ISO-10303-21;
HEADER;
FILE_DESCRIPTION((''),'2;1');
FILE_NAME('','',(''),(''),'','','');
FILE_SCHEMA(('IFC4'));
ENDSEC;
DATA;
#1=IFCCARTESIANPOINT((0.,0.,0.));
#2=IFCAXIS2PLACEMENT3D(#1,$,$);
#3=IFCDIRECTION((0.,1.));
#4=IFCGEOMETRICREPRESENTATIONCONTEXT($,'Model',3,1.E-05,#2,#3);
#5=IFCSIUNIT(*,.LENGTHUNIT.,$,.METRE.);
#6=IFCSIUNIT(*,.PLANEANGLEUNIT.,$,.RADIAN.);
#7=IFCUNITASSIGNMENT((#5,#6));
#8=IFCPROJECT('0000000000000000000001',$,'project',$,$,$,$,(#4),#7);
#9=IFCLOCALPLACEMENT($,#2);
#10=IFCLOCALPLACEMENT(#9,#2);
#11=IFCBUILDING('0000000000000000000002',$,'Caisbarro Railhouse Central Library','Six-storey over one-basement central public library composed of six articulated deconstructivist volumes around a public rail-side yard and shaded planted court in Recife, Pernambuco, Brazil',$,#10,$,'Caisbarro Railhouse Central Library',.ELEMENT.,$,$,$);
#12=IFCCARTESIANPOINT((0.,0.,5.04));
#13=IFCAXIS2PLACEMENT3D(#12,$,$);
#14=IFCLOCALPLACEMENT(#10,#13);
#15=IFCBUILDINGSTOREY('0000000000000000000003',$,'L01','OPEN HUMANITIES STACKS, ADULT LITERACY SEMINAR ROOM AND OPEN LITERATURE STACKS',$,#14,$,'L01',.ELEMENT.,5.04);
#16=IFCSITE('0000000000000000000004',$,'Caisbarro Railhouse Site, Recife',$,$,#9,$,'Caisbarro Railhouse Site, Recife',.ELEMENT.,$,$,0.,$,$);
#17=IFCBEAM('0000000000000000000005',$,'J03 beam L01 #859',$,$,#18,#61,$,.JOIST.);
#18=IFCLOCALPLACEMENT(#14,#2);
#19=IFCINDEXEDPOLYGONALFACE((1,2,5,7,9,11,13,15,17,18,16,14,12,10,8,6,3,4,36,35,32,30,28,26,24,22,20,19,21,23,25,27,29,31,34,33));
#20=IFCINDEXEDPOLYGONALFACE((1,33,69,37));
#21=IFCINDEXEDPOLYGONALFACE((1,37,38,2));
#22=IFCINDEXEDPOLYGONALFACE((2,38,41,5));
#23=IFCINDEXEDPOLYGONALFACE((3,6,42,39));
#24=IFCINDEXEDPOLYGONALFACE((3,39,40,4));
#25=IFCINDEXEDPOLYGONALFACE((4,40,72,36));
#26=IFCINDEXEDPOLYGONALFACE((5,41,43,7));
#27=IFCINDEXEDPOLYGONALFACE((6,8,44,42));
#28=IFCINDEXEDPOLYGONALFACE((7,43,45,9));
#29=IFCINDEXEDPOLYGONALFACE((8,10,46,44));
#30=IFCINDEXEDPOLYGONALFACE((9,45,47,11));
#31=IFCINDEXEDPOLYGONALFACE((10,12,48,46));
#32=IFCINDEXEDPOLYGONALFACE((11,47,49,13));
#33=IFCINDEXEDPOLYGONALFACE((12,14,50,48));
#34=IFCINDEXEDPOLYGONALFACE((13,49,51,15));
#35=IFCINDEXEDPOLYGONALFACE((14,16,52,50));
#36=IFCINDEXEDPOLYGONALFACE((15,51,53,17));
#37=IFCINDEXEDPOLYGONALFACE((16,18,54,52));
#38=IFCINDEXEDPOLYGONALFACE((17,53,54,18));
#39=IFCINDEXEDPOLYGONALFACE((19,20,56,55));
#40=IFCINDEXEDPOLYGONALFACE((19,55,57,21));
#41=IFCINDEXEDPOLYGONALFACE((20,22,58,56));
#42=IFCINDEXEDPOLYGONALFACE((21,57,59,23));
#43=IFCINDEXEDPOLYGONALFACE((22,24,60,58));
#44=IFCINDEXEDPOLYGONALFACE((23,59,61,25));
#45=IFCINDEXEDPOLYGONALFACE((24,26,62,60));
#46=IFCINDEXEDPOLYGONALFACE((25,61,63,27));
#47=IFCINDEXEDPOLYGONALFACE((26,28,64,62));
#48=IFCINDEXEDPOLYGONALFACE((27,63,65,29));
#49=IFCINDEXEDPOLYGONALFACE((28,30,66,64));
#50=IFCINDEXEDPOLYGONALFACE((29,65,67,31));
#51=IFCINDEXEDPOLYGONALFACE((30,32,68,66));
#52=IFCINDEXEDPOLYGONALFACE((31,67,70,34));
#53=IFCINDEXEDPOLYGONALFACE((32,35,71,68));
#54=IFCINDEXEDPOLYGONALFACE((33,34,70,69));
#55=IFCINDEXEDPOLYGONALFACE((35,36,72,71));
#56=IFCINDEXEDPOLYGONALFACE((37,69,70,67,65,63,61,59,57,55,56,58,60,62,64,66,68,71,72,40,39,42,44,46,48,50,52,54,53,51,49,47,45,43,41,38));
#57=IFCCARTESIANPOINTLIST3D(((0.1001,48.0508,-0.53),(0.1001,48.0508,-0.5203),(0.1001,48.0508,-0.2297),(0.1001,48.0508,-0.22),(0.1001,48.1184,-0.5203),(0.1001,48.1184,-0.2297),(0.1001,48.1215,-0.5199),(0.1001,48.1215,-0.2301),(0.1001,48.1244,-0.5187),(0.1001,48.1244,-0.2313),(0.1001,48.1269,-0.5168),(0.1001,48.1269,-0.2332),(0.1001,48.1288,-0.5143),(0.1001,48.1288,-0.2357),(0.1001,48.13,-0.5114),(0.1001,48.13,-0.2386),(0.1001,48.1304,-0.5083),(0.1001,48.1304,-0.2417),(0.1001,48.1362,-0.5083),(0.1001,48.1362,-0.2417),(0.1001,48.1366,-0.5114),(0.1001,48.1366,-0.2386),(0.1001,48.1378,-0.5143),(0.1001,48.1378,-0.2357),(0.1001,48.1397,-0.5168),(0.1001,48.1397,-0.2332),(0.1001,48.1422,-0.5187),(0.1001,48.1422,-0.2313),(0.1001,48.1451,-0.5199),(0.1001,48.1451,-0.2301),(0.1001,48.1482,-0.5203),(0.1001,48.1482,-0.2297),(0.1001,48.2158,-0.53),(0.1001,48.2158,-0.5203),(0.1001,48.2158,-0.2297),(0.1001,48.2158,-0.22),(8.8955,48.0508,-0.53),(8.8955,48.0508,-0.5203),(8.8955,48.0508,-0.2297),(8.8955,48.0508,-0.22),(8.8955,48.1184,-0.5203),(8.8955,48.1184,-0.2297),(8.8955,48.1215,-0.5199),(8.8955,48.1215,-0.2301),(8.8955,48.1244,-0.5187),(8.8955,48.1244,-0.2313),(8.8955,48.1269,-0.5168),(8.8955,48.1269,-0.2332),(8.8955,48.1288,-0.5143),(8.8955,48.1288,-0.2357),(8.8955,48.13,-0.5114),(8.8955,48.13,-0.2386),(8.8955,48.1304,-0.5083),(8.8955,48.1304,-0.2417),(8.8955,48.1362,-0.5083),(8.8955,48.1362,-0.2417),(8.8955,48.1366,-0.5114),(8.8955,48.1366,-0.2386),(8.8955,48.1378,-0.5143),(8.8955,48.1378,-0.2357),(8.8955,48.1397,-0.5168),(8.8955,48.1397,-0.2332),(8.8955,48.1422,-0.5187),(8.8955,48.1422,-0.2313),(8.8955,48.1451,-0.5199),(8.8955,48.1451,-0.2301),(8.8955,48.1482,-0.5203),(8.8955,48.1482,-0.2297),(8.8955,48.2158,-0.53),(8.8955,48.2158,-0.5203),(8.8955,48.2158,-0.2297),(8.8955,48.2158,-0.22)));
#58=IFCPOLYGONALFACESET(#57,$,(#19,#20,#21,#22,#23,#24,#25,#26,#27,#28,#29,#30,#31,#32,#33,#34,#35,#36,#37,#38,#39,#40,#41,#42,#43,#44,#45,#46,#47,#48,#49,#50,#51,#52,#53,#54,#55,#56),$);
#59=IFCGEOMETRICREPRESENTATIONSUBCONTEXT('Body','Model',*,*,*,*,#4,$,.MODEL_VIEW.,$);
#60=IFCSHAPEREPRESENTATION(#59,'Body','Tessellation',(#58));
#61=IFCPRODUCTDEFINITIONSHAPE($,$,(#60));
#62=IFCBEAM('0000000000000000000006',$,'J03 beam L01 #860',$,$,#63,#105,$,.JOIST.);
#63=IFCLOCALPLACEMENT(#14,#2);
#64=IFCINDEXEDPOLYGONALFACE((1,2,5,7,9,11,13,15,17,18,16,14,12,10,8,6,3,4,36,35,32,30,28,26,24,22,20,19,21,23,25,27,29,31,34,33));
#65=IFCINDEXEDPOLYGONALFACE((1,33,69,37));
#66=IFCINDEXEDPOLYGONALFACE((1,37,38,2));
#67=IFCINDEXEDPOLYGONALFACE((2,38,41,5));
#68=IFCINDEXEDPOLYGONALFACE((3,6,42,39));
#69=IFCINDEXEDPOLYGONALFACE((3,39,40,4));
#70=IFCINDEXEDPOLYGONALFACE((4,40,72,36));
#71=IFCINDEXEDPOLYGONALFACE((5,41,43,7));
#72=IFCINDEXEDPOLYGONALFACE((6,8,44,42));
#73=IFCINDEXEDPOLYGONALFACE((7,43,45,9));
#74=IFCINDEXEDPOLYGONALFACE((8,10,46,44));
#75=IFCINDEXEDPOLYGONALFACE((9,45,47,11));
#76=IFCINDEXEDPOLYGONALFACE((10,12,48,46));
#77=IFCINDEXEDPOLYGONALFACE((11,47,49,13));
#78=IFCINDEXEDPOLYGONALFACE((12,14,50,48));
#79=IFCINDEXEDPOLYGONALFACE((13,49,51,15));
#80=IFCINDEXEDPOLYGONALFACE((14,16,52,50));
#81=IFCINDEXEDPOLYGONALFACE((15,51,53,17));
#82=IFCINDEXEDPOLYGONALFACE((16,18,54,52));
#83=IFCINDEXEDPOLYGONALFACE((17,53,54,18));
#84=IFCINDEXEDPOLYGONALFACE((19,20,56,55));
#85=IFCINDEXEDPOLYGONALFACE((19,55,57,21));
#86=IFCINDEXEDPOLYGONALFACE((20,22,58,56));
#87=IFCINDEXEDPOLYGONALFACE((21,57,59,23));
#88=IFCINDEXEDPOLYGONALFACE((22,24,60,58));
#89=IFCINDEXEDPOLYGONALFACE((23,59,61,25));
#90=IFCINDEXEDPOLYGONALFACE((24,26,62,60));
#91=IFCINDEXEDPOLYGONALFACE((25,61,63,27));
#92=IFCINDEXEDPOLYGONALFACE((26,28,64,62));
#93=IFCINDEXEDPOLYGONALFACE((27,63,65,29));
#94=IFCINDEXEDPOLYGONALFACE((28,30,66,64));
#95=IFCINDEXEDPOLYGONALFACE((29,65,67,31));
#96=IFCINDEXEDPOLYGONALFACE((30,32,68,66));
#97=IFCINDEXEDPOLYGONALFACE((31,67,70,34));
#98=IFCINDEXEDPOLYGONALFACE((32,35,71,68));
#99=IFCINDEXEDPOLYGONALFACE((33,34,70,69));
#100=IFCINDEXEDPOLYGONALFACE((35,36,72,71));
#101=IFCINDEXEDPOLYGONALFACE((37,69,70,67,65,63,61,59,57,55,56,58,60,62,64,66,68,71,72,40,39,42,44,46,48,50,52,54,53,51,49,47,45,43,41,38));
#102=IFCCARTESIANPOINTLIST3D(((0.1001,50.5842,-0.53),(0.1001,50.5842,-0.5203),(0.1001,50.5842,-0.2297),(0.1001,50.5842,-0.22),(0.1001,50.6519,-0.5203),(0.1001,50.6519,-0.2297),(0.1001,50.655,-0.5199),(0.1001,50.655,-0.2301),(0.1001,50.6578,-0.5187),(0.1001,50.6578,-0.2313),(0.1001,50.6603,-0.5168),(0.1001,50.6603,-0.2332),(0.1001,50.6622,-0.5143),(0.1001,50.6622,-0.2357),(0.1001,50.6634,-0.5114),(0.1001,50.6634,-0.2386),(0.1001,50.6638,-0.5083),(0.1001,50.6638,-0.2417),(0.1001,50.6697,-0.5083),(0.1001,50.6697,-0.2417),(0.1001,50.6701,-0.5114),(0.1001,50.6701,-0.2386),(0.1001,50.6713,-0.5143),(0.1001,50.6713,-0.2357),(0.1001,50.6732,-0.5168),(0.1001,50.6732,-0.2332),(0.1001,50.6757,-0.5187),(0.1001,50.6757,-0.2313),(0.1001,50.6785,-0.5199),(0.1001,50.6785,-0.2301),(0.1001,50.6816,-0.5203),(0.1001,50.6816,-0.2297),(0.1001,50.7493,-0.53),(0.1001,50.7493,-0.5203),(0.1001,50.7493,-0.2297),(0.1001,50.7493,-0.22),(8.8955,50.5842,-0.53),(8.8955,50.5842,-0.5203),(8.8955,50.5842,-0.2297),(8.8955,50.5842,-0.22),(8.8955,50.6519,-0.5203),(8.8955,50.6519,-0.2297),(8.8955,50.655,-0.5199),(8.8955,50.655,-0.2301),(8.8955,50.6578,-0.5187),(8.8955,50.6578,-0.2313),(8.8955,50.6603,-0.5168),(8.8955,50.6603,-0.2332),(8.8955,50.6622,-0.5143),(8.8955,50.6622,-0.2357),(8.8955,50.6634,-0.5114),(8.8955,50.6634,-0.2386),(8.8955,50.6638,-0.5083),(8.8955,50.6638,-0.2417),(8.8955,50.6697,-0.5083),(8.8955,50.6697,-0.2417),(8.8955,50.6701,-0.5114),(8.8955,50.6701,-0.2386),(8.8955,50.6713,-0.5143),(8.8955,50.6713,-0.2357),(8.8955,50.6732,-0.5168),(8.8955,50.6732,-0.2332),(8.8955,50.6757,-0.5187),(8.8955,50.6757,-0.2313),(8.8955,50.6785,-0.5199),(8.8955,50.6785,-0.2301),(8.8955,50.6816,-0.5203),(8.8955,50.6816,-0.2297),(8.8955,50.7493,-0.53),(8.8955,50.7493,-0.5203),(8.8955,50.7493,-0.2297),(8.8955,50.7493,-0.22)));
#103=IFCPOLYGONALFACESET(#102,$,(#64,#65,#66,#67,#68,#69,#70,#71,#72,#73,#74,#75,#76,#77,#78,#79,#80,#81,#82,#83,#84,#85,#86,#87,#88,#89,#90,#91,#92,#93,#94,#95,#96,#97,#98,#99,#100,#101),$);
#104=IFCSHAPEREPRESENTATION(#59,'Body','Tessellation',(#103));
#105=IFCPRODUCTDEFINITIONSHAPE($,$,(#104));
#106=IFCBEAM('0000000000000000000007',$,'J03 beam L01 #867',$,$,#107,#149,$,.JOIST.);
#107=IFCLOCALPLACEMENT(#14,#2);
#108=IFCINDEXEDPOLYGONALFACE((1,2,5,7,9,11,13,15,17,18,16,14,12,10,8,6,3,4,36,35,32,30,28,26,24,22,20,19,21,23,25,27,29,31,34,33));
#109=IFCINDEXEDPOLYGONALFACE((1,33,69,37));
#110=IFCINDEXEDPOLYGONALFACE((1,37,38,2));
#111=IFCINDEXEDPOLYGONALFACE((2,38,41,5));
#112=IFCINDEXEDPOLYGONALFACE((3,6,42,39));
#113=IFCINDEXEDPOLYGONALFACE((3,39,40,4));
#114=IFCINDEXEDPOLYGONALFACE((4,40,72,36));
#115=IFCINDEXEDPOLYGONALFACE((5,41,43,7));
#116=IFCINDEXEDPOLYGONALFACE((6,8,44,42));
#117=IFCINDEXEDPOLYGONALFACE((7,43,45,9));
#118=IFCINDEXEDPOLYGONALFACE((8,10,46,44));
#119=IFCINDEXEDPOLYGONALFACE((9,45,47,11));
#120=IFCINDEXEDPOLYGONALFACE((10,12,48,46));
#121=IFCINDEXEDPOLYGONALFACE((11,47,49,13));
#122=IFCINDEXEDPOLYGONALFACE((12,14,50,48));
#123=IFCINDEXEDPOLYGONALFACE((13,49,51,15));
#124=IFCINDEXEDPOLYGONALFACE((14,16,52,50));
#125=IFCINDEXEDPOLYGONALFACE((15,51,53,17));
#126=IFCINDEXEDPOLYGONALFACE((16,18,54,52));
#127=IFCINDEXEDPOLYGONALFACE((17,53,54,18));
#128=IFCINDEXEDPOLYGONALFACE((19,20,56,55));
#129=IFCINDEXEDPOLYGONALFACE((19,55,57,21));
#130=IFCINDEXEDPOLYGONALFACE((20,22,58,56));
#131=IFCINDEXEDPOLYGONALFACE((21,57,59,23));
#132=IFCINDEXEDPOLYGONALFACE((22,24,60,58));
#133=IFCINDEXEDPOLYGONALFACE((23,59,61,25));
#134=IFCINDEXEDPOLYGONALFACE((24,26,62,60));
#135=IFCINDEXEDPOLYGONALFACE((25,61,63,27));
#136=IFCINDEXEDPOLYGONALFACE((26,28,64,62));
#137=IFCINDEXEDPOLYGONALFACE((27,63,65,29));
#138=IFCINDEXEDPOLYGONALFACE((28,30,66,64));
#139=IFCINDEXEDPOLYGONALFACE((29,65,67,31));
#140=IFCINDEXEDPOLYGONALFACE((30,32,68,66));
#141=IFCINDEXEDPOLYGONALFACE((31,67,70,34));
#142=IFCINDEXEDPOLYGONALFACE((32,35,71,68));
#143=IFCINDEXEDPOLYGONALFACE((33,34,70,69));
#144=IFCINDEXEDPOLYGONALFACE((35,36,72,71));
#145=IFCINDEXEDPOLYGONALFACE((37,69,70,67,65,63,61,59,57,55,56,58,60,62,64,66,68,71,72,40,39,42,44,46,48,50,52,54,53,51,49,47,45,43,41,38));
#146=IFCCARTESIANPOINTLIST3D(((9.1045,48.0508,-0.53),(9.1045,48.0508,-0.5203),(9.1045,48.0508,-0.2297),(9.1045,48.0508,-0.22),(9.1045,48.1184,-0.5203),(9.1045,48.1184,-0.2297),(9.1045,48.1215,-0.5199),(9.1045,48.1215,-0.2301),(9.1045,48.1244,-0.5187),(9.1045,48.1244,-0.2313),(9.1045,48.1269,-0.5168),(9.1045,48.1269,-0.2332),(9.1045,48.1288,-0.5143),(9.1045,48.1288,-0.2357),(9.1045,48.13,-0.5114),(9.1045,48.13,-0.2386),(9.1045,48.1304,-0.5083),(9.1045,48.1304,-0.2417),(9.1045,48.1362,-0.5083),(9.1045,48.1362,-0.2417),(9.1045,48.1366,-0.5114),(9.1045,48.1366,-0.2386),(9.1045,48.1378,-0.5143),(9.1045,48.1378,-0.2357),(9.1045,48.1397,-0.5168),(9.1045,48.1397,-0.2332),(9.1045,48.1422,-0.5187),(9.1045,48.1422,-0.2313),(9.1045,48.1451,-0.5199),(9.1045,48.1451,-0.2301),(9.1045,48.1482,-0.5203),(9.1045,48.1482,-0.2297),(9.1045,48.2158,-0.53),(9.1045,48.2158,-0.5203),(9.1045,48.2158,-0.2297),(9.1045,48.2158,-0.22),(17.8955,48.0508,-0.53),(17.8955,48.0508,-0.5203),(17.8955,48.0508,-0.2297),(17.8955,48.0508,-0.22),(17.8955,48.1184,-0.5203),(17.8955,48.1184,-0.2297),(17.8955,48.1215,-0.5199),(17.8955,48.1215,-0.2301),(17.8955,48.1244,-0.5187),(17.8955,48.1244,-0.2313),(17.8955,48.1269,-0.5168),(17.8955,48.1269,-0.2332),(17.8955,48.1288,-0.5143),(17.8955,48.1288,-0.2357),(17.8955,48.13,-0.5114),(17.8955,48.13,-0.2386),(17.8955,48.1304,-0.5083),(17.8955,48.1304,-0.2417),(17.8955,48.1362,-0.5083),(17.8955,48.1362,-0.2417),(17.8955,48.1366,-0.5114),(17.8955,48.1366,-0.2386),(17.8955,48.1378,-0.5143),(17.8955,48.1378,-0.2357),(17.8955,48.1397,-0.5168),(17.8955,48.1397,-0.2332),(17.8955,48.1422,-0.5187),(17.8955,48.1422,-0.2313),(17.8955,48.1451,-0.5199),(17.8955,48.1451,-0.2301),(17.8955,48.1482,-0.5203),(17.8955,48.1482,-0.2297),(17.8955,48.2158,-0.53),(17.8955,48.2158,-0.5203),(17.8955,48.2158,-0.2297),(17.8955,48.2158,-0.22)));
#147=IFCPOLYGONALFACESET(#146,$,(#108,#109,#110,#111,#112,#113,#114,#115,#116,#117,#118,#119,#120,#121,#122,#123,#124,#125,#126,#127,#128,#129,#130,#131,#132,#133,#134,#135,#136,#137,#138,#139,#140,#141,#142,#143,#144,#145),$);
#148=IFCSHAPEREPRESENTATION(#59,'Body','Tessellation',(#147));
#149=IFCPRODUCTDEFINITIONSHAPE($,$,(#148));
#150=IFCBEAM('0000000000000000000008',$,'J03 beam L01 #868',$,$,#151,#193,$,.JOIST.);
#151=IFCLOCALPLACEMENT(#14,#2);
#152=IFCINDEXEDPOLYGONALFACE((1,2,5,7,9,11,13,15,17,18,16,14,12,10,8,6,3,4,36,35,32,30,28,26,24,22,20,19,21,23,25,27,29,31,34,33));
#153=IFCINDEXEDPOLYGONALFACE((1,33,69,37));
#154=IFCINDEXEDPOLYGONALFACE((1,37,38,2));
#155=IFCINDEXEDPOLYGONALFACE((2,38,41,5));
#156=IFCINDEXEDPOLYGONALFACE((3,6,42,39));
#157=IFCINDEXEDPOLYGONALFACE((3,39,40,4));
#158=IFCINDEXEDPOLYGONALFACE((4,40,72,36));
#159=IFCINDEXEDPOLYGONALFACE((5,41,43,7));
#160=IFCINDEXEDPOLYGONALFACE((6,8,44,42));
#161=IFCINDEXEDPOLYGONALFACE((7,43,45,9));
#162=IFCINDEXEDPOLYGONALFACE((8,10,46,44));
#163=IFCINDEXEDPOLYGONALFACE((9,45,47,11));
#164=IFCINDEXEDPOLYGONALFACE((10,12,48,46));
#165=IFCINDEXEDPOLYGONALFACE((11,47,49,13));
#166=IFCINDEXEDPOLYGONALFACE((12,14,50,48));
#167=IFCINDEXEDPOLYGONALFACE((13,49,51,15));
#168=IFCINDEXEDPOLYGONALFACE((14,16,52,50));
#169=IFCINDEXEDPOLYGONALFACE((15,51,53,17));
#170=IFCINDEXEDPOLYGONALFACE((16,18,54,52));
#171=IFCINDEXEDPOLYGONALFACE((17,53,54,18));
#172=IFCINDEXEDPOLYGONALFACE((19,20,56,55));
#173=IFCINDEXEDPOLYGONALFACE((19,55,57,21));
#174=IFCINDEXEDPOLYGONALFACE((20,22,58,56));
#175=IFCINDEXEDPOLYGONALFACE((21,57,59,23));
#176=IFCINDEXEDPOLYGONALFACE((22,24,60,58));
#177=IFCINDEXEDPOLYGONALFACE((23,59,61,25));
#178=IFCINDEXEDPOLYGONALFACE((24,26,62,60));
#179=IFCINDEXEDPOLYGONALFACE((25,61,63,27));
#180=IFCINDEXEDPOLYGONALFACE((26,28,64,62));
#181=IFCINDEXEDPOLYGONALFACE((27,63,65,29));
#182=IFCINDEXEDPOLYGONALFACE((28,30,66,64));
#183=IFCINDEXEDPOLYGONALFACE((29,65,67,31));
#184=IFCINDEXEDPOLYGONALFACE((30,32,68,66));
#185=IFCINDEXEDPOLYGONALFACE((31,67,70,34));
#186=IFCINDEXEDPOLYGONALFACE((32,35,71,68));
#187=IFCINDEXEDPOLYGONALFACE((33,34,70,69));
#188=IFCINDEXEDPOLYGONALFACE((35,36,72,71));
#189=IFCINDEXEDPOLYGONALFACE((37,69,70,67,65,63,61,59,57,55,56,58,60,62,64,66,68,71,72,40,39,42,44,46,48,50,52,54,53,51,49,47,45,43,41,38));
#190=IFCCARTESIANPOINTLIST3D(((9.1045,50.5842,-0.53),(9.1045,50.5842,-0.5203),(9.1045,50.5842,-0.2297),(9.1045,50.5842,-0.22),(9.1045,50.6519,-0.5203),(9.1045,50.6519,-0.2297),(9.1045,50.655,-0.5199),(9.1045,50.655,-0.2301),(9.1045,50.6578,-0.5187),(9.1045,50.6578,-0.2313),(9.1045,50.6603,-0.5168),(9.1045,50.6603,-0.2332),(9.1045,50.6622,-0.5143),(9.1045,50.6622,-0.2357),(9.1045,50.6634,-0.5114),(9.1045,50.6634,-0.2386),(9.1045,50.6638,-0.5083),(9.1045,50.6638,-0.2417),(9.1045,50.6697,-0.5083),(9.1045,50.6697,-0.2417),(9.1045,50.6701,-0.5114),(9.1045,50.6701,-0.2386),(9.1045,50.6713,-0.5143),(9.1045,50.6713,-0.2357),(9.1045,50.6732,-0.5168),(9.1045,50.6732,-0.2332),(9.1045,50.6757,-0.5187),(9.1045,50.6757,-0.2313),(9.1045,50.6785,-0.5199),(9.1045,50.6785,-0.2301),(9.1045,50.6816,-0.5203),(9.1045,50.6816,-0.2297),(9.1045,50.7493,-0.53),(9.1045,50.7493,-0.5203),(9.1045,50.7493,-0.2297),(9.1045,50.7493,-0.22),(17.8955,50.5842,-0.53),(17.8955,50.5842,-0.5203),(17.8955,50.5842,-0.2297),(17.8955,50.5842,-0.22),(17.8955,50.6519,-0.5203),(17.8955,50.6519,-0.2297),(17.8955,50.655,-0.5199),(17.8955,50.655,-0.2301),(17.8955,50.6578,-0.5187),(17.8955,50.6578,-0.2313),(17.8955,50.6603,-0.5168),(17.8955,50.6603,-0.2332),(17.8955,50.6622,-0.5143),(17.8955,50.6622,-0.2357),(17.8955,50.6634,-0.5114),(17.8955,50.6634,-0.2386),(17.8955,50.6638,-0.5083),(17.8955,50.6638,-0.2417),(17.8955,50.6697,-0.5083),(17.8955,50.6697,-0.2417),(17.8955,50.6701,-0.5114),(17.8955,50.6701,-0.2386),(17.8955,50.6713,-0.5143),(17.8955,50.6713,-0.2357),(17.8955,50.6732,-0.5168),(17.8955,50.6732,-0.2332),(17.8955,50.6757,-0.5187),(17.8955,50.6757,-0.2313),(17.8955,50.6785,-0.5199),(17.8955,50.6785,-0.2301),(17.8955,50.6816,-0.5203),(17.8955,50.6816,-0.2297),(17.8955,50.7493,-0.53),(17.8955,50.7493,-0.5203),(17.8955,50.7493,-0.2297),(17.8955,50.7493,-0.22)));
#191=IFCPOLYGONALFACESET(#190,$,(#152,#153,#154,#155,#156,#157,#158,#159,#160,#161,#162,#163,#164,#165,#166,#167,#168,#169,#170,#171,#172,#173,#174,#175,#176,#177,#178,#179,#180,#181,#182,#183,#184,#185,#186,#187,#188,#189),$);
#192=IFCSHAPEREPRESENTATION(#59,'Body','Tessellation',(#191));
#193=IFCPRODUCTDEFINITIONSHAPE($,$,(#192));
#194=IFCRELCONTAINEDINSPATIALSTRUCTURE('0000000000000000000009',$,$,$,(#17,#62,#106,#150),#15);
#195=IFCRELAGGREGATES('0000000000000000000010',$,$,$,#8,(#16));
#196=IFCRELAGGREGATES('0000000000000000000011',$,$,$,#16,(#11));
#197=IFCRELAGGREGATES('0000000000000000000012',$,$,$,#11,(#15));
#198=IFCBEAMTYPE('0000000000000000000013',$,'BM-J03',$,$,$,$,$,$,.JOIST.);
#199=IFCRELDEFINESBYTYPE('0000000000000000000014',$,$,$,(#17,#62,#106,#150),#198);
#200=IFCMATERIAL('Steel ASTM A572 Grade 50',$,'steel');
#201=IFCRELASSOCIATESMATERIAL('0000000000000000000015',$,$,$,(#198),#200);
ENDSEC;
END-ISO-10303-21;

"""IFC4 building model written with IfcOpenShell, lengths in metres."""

from ifc_helpers import new_model, si_unit, direction, frame, origin, origin_2d, place, context, subcontext, project, spatial, i_section, extrude, material, material_profile, profile_set, type_object, element, save


model = new_model("IFC4")

# Units and contexts
model_context = context("Model", 3, precision=1e-05, world=origin(), true_north=direction((0.0, 1.0)))
body_context = subcontext(model_context, "Body", "Model", "MODEL_VIEW")
ifc_project = project(units=[si_unit("LENGTHUNIT", "METRE"), si_unit("PLANEANGLEUNIT", "RADIAN")], contexts=[model_context])

# Site, building, storey
site_placement = place(None, origin())
site = spatial("IfcSite", under=ifc_project, at=site_placement, Name="Caisbarro Railhouse Site, Recife", LongName="Caisbarro Railhouse Site, Recife", CompositionType="ELEMENT", RefElevation=0.0)
building_placement = place(site_placement, origin())
building = spatial("IfcBuilding", under=site, at=building_placement, Name="Caisbarro Railhouse Central Library", Description="Six-storey over one-basement central public library composed of six articulated deconstructivist volumes around a public rail-side yard and shaded planted court in Recife, Pernambuco, Brazil", LongName="Caisbarro Railhouse Central Library", CompositionType="ELEMENT")
storey_placement = place(building_placement, frame((0.0, 0.0, 5.04)))
storey = spatial("IfcBuildingStorey", under=building, at=storey_placement, Name="L01", Description="OPEN HUMANITIES STACKS, ADULT LITERACY SEMINAR ROOM AND OPEN LITERATURE STACKS", LongName="L01", CompositionType="ELEMENT", Elevation=5.04)

# Shared definitions
ifc_material_1 = material(Name="Steel ASTM A572 Grade 50", Category="steel")

# Beams
ifc_material_profile_1 = material_profile(ifc_material_1, i_section(OverallWidth=0.165, OverallDepth=0.3101, WebThickness=0.0059, FlangeThickness=0.0098, FilletRadius=0.012, at=origin_2d()), Name="W310X38.7")
ifc_profile_set_1 = profile_set([ifc_material_profile_1], Name="Steel ASTM A572 Grade 50")
beam_type_1 = type_object("IfcBeamType", Name="BM-J03", PredefinedType="JOIST", material=ifc_profile_set_1)
for number, where, z_axis, x_axis, name in (
    (1, (0.1001, 48.1333, -0.375), (1.0, 0.0, 0.0), (0.0, 1.0, 0.0), "J03 beam L01 #859"),
    (2, (0.1001, 50.6667, -0.375), (1.0, 0.0, 0.0), (0.0, 1.0, 0.0), "J03 beam L01 #860"),
):
    element("IfcBeam", number, at=place(storey_placement, frame(where, z_axis=z_axis, x_axis=x_axis)), inside=storey, type_object=beam_type_1, Name=name, PredefinedType="JOIST", context=body_context, shape_type="SweptSolid", body=[
        extrude(i_section(OverallWidth=0.165, OverallDepth=0.3101, WebThickness=0.0059, FlangeThickness=0.0098, FilletRadius=0.012, at=origin_2d()), origin(), (0.0, 0.0, 1.0), 8.7954),
    ])
for number, where, z_axis, x_axis, name in (
    (3, (9.1045, 48.1333, -0.375), (1.0, 0.0, 0.0), (0.0, 1.0, 0.0), "J03 beam L01 #867"),
    (4, (9.1045, 50.6667, -0.375), (1.0, 0.0, 0.0), (0.0, 1.0, 0.0), "J03 beam L01 #868"),
):
    element("IfcBeam", number, at=place(storey_placement, frame(where, z_axis=z_axis, x_axis=x_axis)), inside=storey, type_object=beam_type_1, Name=name, PredefinedType="JOIST", context=body_context, shape_type="SweptSolid", body=[
        extrude(i_section(OverallWidth=0.165, OverallDepth=0.3101, WebThickness=0.0059, FlangeThickness=0.0098, FilletRadius=0.012, at=origin_2d()), origin(), (0.0, 0.0, 1.0), 8.791),
    ])

save(model, "model.ifc")
